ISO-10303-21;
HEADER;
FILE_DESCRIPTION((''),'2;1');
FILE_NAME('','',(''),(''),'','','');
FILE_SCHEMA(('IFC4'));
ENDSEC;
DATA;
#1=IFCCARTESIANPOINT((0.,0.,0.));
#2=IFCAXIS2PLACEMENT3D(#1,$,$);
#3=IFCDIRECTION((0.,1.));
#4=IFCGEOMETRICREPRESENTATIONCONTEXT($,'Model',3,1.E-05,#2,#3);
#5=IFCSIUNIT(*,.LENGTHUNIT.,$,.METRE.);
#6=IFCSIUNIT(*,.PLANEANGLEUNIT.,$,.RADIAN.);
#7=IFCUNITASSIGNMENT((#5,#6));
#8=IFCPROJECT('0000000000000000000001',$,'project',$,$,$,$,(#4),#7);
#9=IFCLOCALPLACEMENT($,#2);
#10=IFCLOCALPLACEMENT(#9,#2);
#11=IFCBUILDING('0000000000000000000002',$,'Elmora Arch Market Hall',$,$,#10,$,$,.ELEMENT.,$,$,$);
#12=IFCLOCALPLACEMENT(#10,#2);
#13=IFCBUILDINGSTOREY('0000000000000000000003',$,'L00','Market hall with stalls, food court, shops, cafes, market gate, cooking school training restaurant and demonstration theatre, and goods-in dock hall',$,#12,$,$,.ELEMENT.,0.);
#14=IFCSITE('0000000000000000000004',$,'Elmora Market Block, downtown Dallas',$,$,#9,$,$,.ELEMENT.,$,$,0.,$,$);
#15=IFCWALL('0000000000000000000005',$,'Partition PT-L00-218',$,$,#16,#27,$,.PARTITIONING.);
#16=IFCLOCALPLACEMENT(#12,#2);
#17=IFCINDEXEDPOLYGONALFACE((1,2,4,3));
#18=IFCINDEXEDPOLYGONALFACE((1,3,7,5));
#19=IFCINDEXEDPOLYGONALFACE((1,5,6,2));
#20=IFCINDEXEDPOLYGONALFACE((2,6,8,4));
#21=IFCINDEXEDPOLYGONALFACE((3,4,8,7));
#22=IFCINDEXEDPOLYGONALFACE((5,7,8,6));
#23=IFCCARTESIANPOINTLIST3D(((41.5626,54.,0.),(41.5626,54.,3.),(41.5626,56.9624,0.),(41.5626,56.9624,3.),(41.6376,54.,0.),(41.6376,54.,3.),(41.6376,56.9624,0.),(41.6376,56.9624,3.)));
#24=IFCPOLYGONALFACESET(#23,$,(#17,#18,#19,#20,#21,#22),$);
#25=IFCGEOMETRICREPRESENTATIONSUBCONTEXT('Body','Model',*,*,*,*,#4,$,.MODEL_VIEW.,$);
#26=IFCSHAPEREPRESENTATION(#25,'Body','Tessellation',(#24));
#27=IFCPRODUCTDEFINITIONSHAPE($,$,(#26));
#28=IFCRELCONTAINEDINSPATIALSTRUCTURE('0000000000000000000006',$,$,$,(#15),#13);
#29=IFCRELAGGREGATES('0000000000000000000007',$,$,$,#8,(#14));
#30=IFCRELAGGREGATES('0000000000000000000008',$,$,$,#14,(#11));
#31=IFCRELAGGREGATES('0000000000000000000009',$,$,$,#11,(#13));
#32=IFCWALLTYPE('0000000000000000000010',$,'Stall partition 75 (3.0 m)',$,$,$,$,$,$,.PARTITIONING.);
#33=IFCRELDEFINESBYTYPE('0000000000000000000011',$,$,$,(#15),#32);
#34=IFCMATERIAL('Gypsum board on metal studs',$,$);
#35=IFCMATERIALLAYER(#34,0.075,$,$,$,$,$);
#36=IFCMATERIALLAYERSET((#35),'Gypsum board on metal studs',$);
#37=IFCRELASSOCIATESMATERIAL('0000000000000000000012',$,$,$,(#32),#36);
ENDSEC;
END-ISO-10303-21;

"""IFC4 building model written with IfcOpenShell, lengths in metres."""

from ifc_helpers import new_model, si_unit, direction, frame, frame_2d, origin, place, context, subcontext, project, spatial, rectangle, extrude, material, layer, layer_set, type_object, element, save


model = new_model("IFC4")

# Units and contexts
model_context = context("Model", 3, precision=1e-05, world=origin(), true_north=direction((0.0, 1.0)))
body_context = subcontext(model_context, "Body", "Model", "MODEL_VIEW")
ifc_project = project(units=[si_unit("LENGTHUNIT", "METRE"), si_unit("PLANEANGLEUNIT", "RADIAN")], contexts=[model_context])

# Site, building, storey
site_placement = place(None, origin())
site = spatial("IfcSite", under=ifc_project, at=site_placement, Name="Elmora Market Block, downtown Dallas", CompositionType="ELEMENT", RefElevation=0.0)
building_placement = place(site_placement, origin())
building = spatial("IfcBuilding", under=site, at=building_placement, Name="Elmora Arch Market Hall", CompositionType="ELEMENT")
storey_placement = place(building_placement, origin())
storey = spatial("IfcBuildingStorey", under=building, at=storey_placement, Name="L00", Description="Market hall with stalls, food court, shops, cafes, market gate, cooking school training restaurant and demonstration theatre, and goods-in dock hall", CompositionType="ELEMENT", Elevation=0.0)

# Shared definitions
ifc_material_1 = material(Name="Gypsum board on metal studs")
ifc_layer_1 = layer(ifc_material_1, 0.075)
ifc_layer_set_1 = layer_set([ifc_layer_1], Name="Gypsum board on metal studs")
wall_type_1 = type_object("IfcWallType", Name="Stall partition 75 (3.0 m)", PredefinedType="PARTITIONING", material=ifc_layer_set_1)

# Wall
for number, where, z_axis, x_axis, name in (
    (1, (41.6001, 54.0, 0.0), (0.0, 0.0, 1.0), (0.0, 1.0, 0.0), "Partition PT-L00-218"),
):
    element("IfcWall", number, at=place(storey_placement, frame(where, z_axis=z_axis, x_axis=x_axis)), inside=storey, type_object=wall_type_1, Name=name, PredefinedType="PARTITIONING", context=body_context, shape_type="SweptSolid", body=[
        extrude(rectangle(XDim=2.9624, YDim=0.075, at=frame_2d((1.4812, 0.0))), origin(), (0.0, 0.0, 1.0), 3.0),
    ])

save(model, "model.ifc")
